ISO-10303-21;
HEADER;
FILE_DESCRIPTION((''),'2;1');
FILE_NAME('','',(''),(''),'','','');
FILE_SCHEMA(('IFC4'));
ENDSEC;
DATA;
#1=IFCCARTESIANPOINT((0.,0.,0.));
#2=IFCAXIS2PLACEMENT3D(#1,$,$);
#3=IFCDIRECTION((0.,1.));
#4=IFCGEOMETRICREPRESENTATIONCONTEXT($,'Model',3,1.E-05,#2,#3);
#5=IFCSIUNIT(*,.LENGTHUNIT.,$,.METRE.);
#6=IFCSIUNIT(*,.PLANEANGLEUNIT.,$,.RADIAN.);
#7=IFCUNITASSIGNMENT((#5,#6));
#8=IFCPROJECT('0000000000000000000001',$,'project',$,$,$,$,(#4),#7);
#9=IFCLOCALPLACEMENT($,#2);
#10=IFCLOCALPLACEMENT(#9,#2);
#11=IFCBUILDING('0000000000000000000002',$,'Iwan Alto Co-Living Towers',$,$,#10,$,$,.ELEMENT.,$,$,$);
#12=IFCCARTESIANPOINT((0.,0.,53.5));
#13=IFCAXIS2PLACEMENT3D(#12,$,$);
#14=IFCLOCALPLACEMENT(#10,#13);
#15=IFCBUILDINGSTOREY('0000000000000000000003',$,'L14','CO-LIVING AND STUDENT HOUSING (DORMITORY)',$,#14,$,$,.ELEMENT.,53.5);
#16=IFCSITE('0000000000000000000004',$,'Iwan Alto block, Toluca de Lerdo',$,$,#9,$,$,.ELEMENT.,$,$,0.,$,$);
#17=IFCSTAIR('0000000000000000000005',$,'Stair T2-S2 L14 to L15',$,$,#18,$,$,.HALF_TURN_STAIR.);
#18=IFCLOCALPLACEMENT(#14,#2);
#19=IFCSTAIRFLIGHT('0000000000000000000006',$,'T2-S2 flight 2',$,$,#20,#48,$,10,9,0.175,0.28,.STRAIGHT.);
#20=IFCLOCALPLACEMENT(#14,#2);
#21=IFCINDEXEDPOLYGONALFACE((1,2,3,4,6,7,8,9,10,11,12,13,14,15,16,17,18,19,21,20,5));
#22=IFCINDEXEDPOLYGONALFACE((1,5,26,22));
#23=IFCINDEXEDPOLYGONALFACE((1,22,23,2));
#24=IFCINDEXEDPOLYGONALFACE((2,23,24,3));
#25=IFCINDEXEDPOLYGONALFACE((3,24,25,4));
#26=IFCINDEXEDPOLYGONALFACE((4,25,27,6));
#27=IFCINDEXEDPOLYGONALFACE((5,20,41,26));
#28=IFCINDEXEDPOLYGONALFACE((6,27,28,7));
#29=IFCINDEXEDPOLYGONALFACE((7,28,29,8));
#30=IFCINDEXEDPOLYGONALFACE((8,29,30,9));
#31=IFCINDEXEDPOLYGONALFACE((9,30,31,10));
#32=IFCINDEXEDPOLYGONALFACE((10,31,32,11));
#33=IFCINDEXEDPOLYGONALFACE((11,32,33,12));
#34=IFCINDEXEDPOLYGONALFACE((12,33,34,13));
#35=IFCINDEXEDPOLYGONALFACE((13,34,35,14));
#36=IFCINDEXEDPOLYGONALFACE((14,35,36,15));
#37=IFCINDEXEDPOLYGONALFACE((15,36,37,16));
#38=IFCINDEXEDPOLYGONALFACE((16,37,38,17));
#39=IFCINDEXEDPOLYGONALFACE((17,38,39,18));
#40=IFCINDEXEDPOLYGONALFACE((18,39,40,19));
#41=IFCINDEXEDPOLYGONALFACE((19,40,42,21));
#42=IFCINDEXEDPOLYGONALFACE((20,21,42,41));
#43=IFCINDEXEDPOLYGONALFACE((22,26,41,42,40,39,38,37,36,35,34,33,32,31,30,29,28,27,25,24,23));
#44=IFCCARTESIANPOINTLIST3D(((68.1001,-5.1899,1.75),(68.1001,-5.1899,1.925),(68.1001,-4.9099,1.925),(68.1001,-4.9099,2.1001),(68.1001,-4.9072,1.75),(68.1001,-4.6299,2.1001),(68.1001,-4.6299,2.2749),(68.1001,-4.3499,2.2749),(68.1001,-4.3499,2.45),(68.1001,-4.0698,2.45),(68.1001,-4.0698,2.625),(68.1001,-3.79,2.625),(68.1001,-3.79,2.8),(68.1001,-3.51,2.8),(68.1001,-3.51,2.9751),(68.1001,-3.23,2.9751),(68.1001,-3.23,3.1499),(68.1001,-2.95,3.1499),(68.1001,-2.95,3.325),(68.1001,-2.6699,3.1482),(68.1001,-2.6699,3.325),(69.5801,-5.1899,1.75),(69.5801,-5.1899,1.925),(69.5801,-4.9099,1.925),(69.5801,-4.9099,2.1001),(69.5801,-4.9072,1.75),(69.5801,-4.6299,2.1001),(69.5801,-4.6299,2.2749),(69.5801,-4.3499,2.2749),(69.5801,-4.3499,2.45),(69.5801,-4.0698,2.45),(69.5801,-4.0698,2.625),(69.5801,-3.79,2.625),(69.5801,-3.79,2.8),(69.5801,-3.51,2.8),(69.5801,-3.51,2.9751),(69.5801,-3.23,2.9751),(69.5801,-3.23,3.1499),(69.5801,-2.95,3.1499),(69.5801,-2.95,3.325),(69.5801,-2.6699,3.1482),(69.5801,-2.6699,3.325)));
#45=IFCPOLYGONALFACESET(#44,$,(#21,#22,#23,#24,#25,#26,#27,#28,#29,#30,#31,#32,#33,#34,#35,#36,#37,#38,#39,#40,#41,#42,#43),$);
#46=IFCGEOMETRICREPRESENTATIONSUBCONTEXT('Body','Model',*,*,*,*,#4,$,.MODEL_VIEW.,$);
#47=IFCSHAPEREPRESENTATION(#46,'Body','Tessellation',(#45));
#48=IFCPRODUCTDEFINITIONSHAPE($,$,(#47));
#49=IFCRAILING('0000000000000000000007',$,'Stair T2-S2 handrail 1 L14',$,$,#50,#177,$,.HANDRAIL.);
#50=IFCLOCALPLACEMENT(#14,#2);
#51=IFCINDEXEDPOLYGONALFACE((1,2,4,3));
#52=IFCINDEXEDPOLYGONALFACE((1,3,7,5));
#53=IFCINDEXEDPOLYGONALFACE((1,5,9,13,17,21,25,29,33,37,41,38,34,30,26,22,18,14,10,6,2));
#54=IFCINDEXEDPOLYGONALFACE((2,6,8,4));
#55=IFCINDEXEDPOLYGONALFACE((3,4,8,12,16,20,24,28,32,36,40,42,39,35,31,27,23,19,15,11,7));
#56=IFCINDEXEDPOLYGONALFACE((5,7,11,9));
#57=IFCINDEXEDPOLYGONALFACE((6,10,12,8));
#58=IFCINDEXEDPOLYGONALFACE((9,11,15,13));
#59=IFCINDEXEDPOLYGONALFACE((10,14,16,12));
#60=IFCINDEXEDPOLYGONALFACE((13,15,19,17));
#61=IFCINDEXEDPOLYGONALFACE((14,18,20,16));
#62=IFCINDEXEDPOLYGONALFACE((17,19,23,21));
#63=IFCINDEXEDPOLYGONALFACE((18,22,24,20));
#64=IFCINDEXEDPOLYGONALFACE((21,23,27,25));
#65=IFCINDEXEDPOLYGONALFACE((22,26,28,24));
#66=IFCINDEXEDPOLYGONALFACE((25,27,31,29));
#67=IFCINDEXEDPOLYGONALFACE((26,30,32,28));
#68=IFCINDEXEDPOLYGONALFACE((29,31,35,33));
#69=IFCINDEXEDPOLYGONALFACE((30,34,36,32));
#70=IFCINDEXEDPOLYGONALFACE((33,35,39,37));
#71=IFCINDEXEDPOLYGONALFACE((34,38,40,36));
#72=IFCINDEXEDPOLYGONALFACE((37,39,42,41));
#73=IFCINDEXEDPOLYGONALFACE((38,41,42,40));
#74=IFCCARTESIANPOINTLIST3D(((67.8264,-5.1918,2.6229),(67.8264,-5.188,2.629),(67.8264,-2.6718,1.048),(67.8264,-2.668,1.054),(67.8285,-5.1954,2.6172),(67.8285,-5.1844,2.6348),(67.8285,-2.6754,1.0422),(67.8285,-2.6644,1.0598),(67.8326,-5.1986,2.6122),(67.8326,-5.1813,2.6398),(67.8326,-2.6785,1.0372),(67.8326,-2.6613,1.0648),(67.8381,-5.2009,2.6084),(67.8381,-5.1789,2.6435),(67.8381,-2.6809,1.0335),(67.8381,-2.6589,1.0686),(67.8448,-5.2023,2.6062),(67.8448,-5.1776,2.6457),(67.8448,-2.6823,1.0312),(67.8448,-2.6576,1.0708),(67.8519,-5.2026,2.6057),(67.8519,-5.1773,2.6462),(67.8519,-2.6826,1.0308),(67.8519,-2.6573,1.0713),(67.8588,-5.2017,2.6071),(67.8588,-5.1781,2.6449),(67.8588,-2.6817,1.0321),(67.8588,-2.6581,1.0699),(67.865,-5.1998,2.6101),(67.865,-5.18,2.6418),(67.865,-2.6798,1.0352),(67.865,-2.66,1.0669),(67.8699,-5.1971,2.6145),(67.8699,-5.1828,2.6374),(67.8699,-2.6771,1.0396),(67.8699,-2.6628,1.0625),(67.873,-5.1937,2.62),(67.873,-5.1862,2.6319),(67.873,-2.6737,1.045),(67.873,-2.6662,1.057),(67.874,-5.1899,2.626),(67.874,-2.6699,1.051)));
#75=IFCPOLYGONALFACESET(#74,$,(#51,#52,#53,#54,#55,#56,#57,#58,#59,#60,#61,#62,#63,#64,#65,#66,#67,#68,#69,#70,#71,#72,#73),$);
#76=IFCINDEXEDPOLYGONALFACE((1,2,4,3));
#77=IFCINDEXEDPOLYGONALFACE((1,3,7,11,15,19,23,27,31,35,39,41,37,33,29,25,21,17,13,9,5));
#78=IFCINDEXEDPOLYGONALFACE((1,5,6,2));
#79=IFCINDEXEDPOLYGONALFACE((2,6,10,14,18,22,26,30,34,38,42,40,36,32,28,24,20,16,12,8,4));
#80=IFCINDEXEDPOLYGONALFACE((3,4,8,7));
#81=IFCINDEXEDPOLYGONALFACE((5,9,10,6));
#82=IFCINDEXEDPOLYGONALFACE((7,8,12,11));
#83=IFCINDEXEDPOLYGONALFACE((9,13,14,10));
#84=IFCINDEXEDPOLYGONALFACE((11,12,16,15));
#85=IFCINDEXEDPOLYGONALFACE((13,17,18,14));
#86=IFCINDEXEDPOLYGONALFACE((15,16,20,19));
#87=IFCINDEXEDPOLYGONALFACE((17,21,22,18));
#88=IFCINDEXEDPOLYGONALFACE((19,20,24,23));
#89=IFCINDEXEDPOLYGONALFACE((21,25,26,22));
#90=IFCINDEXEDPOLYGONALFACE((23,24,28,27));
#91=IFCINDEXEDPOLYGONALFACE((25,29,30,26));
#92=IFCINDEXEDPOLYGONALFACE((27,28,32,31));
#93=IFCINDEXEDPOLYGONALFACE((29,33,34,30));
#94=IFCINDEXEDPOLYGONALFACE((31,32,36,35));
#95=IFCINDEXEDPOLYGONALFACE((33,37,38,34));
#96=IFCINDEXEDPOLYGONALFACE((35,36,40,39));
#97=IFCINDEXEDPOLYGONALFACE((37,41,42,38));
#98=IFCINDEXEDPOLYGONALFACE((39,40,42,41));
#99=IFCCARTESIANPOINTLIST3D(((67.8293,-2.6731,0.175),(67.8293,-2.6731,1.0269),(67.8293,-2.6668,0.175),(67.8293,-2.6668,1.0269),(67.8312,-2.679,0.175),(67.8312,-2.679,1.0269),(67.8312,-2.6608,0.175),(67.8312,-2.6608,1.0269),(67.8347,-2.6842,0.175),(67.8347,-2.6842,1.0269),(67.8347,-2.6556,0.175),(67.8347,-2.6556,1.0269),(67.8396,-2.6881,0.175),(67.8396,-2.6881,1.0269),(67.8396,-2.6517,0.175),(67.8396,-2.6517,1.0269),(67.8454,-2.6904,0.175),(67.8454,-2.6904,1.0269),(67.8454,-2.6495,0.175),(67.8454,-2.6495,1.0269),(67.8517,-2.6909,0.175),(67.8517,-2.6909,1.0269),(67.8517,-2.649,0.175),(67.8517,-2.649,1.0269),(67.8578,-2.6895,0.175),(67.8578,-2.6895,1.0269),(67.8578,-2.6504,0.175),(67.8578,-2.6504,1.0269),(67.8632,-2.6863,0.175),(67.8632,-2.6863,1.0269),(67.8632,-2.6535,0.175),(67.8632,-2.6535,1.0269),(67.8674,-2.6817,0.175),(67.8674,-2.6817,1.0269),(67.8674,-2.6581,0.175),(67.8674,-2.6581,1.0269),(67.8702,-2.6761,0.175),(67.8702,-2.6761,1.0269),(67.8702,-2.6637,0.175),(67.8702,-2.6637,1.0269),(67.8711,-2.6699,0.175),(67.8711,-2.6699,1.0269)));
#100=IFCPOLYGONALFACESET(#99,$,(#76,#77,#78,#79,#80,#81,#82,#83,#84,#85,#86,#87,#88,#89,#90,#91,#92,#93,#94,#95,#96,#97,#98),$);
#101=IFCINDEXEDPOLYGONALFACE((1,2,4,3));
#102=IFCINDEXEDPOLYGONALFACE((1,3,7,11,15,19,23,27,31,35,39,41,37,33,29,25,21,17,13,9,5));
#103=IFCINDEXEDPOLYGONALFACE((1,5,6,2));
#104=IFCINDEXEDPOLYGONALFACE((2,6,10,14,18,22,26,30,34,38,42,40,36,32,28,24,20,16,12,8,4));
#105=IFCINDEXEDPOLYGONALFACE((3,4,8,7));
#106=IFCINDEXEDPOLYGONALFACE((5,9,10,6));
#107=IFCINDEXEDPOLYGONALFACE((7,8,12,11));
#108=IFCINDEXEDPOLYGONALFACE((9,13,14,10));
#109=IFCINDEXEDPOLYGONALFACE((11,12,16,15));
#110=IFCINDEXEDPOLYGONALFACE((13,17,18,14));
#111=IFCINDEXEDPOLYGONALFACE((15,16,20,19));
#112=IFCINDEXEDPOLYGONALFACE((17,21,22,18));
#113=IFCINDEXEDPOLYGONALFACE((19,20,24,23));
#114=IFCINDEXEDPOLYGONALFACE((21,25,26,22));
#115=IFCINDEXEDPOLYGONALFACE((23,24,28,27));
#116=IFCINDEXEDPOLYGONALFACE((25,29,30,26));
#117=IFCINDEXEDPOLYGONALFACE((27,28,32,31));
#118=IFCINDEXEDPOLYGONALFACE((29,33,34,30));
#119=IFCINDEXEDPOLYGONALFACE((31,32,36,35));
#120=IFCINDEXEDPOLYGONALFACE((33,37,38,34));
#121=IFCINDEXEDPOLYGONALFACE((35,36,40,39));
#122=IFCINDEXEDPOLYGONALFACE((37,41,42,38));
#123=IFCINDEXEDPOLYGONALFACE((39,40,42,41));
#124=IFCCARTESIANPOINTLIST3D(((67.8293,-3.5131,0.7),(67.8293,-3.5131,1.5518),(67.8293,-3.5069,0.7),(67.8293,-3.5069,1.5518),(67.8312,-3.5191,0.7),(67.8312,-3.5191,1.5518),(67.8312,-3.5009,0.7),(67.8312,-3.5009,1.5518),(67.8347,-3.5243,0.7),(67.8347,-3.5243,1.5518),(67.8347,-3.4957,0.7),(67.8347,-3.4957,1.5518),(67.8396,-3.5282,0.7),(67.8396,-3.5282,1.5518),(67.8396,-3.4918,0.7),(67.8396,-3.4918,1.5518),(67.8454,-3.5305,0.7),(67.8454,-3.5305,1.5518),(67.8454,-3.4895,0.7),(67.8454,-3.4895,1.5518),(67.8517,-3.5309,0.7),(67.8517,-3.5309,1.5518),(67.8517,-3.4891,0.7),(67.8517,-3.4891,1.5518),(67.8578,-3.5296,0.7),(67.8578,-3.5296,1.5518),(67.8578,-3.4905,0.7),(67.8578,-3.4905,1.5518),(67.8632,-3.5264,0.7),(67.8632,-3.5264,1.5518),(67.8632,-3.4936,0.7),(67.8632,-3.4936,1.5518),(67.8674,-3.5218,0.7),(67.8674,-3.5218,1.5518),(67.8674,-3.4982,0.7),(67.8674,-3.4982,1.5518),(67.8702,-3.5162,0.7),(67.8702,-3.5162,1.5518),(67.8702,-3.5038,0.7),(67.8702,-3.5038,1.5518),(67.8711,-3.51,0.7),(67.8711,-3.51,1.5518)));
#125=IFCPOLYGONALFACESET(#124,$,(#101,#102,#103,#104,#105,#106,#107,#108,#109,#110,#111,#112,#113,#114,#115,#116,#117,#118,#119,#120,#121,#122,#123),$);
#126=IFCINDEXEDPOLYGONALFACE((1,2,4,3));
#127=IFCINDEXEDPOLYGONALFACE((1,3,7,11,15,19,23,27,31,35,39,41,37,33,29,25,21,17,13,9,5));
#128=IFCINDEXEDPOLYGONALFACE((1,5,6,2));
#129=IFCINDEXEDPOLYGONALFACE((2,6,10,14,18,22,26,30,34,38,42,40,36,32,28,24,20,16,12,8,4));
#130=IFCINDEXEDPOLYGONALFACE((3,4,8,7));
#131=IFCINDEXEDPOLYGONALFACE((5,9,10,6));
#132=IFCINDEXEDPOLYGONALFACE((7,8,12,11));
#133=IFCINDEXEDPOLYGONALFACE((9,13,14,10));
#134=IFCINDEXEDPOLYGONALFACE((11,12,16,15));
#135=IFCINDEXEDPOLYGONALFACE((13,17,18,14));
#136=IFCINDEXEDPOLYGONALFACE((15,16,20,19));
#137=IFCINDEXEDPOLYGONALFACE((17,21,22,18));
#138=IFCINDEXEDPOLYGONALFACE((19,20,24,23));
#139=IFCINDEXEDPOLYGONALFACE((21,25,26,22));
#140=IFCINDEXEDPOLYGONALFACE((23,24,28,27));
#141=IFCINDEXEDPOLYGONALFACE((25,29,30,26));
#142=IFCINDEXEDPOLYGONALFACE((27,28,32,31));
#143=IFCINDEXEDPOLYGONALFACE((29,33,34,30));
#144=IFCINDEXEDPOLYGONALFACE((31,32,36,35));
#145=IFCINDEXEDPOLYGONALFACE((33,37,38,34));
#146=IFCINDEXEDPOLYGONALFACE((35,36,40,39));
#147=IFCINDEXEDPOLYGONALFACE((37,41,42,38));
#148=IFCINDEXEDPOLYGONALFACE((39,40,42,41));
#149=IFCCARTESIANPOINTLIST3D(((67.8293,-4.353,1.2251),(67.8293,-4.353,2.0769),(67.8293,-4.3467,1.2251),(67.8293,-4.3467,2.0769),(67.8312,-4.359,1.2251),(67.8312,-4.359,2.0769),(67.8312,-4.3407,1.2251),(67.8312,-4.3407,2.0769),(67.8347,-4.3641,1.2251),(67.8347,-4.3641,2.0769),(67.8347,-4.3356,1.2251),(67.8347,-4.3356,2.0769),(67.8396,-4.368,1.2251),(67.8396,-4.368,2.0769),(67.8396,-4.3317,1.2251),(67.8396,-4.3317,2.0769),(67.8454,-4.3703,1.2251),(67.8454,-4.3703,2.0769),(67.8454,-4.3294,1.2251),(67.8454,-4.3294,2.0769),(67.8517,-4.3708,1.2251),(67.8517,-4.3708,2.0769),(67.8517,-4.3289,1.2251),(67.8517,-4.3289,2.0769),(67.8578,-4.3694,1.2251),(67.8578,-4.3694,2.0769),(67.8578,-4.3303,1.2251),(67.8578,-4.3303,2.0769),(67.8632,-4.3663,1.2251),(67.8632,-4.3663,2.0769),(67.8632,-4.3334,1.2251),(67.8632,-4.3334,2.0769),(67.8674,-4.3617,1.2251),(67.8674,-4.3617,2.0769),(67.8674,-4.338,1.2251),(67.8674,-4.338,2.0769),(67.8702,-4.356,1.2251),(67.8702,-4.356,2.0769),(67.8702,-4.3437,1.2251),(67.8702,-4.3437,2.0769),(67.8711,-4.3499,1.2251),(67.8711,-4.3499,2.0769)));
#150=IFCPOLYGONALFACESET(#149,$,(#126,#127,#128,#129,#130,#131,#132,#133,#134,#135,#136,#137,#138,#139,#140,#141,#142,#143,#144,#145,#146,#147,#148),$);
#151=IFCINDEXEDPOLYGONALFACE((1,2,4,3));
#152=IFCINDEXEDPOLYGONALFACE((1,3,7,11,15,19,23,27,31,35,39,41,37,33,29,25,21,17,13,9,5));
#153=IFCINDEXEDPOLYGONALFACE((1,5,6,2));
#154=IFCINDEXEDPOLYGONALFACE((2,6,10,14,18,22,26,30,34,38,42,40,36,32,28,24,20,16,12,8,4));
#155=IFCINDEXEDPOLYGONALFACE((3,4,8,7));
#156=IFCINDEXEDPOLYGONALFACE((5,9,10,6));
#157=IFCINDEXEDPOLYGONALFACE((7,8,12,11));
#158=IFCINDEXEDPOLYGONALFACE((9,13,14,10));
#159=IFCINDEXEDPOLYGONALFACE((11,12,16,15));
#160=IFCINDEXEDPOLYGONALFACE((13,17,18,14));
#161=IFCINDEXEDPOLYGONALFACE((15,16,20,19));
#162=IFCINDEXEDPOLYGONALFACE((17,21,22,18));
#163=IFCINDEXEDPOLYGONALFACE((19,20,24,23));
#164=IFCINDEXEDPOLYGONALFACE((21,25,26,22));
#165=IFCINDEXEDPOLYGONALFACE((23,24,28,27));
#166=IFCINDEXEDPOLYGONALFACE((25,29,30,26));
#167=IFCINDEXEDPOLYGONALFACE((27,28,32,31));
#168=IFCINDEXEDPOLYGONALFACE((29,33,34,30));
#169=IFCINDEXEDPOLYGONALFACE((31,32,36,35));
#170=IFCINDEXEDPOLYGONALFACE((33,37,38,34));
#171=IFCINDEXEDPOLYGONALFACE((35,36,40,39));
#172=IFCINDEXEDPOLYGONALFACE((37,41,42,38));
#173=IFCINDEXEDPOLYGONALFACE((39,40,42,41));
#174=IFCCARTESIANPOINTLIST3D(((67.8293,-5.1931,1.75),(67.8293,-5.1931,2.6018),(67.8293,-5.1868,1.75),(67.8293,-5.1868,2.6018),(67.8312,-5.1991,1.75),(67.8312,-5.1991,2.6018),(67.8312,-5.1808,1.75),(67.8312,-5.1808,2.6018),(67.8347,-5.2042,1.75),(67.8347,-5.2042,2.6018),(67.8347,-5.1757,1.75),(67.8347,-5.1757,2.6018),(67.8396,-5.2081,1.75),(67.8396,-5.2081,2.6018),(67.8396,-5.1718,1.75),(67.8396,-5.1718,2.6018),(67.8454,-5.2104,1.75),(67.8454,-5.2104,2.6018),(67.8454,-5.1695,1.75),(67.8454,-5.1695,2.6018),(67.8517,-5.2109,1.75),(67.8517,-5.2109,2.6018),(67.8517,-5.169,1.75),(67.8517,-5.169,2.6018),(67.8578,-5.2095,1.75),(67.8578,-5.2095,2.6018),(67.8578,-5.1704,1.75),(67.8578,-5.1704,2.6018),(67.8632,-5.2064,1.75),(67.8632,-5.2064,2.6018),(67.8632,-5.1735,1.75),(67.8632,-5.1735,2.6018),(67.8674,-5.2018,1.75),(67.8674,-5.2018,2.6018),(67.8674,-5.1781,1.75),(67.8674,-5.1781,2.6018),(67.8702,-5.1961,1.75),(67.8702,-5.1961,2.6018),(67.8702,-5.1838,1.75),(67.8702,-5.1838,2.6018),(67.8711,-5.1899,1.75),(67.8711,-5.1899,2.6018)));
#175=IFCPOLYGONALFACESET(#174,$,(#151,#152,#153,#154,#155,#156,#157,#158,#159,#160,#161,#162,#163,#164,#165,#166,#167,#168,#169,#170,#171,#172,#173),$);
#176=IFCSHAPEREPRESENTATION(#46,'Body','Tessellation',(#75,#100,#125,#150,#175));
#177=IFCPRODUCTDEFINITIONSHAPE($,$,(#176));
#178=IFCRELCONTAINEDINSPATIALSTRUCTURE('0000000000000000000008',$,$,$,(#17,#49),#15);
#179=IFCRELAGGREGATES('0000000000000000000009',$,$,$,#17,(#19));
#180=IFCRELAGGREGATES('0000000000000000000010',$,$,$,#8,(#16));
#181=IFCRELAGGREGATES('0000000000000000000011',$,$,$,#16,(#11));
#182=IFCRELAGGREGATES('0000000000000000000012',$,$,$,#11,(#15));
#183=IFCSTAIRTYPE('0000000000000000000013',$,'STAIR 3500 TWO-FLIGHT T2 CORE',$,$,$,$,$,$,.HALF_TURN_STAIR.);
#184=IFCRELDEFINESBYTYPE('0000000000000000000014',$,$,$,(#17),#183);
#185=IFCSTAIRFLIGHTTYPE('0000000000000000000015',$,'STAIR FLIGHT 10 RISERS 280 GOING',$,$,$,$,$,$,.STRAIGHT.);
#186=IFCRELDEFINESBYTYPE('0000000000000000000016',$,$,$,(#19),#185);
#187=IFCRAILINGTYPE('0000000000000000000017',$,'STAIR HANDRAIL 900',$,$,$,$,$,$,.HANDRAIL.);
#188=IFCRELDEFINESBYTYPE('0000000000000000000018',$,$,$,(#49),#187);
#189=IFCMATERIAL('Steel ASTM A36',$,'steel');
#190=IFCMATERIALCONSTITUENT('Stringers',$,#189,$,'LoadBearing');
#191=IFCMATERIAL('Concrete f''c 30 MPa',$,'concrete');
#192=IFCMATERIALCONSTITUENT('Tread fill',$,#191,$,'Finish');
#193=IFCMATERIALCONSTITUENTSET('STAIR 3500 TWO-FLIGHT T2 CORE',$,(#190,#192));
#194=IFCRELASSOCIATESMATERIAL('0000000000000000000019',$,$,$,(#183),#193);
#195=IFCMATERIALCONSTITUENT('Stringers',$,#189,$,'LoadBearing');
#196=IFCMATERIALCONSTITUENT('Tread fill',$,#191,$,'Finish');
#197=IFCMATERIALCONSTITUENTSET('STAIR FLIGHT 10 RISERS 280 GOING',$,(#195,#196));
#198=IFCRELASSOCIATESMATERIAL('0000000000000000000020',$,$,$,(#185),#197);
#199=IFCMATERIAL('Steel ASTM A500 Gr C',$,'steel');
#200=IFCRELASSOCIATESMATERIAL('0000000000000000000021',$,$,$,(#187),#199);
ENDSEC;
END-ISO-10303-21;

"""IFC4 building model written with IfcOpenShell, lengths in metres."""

from ifc_helpers import new_model, si_unit, direction, frame, origin, origin_2d, place, context, subcontext, project, spatial, polyline, circle, outline, extrude, material, constituent, constituent_set, type_object, element, aggregate, save


model = new_model("IFC4")

# Units and contexts
model_context = context("Model", 3, precision=1e-05, world=origin(), true_north=direction((0.0, 1.0)))
body_context = subcontext(model_context, "Body", "Model", "MODEL_VIEW")
ifc_project = project(units=[si_unit("LENGTHUNIT", "METRE"), si_unit("PLANEANGLEUNIT", "RADIAN")], contexts=[model_context])

# Site, building, storey
site_placement = place(None, origin())
site = spatial("IfcSite", under=ifc_project, at=site_placement, Name="Iwan Alto block, Toluca de Lerdo", CompositionType="ELEMENT", RefElevation=0.0)
building_placement = place(site_placement, origin())
building = spatial("IfcBuilding", under=site, at=building_placement, Name="Iwan Alto Co-Living Towers", CompositionType="ELEMENT")
storey_placement = place(building_placement, frame((0.0, 0.0, 53.5)))
storey = spatial("IfcBuildingStorey", under=building, at=storey_placement, Name="L14", Description="CO-LIVING AND STUDENT HOUSING (DORMITORY)", CompositionType="ELEMENT", Elevation=53.5)

# Stair, stair flight
ifc_material_1 = material(Name="Steel ASTM A36", Category="steel")
ifc_constituent_1 = constituent(ifc_material_1, Name="Stringers", Category="LoadBearing")
ifc_material_2 = material(Name="Concrete f'c 30 MPa", Category="concrete")
ifc_constituent_2 = constituent(ifc_material_2, Name="Tread fill", Category="Finish")
ifc_constituent_set_1 = constituent_set(constituents=[ifc_constituent_1, ifc_constituent_2], Name="STAIR 3500 TWO-FLIGHT T2 CORE")
stair_type = type_object("IfcStairType", Name="STAIR 3500 TWO-FLIGHT T2 CORE", PredefinedType="HALF_TURN_STAIR", material=ifc_constituent_set_1)
stair_placement = place(storey_placement, origin())
stair = element("IfcStair", 1, at=stair_placement, inside=storey, type_object=stair_type, Name="Stair T2-S2 L14 to L15", PredefinedType="HALF_TURN_STAIR")
ifc_constituent_3 = constituent(ifc_material_1, Name="Stringers", Category="LoadBearing")
ifc_constituent_4 = constituent(ifc_material_2, Name="Tread fill", Category="Finish")
ifc_constituent_set_2 = constituent_set(constituents=[ifc_constituent_3, ifc_constituent_4], Name="STAIR FLIGHT 10 RISERS 280 GOING")
stair_flight_type = type_object("IfcStairFlightType", Name="STAIR FLIGHT 10 RISERS 280 GOING", PredefinedType="STRAIGHT", material=ifc_constituent_set_2)
stair_flight_1_placement = place(storey_placement, frame((68.8401, -5.1899, 1.75), z_axis=(0.0, 0.0, 1.0), x_axis=(0.0, 1.0, 0.0)))
stair_flight_1 = element("IfcStairFlight", 2, at=stair_flight_1_placement, type_object=stair_flight_type, Name="T2-S2 flight 2", NumberOfRisers=10, NumberOfTreads=9, PredefinedType="STRAIGHT", RiserHeight=0.175, TreadLength=0.28, context=body_context, shape_type="SweptSolid", body=[
    extrude(outline(polyline([(0.0, 0.0), (0.0, 0.175), (0.28, 0.175), (0.28, 0.3501), (0.5601, 0.3501), (0.5601, 0.5249), (0.8401, 0.5249), (0.8401, 0.7), (1.1201, 0.7), (1.1201, 0.875), (1.3999, 0.875), (1.3999, 1.05), (1.6799, 1.05), (1.6799, 1.2251), (1.96, 1.2251), (1.96, 1.3999), (2.24, 1.3999), (2.24, 1.575), (2.52, 1.575), (2.52, 1.75), (2.52, 1.3982), (0.2827, 0.0), (0.0, 0.0)])), frame((0.0, 0.74, 0.0), z_axis=(0.0, -1.0, 0.0), x_axis=(1.0, 0.0, 0.0)), (0.0, 0.0, 1.0), 1.48),
])
aggregate(stair, [stair_flight_1])

# Railing
ifc_material_3 = material(Name="Steel ASTM A500 Gr C", Category="steel")
railing_type_1 = type_object("IfcRailingType", Name="STAIR HANDRAIL 900", PredefinedType="HANDRAIL", material=ifc_material_3)
railing_1_placement = place(storey_placement, frame((67.8501, -2.6699, 0.175)))
element("IfcRailing", 3, at=railing_1_placement, inside=storey, type_object=railing_type_1, Name="Stair T2-S2 handrail 1 L14", PredefinedType="HANDRAIL", context=body_context, shape_type="SweptSolid", body=[
    extrude(circle(Radius=0.0239, at=origin_2d()), frame((0.0, 0.0, 0.876), z_axis=(0.0, -0.848008, 0.529984), x_axis=(1.0, 0.0, 0.0)), (0.0, 0.0, 1.0), 2.9717),
    extrude(circle(Radius=0.021, at=origin_2d()), origin(), (0.0, 0.0, 1.0), 0.8518),
    extrude(circle(Radius=0.021, at=origin_2d()), frame((0.0, -0.8401, 0.5249)), (0.0, 0.0, 1.0), 0.8518),
    extrude(circle(Radius=0.021, at=origin_2d()), frame((0.0, -1.6799, 1.05)), (0.0, 0.0, 1.0), 0.8518),
    extrude(circle(Radius=0.021, at=origin_2d()), frame((0.0, -2.52, 1.575)), (0.0, 0.0, 1.0), 0.8518),
])

save(model, "model.ifc")
